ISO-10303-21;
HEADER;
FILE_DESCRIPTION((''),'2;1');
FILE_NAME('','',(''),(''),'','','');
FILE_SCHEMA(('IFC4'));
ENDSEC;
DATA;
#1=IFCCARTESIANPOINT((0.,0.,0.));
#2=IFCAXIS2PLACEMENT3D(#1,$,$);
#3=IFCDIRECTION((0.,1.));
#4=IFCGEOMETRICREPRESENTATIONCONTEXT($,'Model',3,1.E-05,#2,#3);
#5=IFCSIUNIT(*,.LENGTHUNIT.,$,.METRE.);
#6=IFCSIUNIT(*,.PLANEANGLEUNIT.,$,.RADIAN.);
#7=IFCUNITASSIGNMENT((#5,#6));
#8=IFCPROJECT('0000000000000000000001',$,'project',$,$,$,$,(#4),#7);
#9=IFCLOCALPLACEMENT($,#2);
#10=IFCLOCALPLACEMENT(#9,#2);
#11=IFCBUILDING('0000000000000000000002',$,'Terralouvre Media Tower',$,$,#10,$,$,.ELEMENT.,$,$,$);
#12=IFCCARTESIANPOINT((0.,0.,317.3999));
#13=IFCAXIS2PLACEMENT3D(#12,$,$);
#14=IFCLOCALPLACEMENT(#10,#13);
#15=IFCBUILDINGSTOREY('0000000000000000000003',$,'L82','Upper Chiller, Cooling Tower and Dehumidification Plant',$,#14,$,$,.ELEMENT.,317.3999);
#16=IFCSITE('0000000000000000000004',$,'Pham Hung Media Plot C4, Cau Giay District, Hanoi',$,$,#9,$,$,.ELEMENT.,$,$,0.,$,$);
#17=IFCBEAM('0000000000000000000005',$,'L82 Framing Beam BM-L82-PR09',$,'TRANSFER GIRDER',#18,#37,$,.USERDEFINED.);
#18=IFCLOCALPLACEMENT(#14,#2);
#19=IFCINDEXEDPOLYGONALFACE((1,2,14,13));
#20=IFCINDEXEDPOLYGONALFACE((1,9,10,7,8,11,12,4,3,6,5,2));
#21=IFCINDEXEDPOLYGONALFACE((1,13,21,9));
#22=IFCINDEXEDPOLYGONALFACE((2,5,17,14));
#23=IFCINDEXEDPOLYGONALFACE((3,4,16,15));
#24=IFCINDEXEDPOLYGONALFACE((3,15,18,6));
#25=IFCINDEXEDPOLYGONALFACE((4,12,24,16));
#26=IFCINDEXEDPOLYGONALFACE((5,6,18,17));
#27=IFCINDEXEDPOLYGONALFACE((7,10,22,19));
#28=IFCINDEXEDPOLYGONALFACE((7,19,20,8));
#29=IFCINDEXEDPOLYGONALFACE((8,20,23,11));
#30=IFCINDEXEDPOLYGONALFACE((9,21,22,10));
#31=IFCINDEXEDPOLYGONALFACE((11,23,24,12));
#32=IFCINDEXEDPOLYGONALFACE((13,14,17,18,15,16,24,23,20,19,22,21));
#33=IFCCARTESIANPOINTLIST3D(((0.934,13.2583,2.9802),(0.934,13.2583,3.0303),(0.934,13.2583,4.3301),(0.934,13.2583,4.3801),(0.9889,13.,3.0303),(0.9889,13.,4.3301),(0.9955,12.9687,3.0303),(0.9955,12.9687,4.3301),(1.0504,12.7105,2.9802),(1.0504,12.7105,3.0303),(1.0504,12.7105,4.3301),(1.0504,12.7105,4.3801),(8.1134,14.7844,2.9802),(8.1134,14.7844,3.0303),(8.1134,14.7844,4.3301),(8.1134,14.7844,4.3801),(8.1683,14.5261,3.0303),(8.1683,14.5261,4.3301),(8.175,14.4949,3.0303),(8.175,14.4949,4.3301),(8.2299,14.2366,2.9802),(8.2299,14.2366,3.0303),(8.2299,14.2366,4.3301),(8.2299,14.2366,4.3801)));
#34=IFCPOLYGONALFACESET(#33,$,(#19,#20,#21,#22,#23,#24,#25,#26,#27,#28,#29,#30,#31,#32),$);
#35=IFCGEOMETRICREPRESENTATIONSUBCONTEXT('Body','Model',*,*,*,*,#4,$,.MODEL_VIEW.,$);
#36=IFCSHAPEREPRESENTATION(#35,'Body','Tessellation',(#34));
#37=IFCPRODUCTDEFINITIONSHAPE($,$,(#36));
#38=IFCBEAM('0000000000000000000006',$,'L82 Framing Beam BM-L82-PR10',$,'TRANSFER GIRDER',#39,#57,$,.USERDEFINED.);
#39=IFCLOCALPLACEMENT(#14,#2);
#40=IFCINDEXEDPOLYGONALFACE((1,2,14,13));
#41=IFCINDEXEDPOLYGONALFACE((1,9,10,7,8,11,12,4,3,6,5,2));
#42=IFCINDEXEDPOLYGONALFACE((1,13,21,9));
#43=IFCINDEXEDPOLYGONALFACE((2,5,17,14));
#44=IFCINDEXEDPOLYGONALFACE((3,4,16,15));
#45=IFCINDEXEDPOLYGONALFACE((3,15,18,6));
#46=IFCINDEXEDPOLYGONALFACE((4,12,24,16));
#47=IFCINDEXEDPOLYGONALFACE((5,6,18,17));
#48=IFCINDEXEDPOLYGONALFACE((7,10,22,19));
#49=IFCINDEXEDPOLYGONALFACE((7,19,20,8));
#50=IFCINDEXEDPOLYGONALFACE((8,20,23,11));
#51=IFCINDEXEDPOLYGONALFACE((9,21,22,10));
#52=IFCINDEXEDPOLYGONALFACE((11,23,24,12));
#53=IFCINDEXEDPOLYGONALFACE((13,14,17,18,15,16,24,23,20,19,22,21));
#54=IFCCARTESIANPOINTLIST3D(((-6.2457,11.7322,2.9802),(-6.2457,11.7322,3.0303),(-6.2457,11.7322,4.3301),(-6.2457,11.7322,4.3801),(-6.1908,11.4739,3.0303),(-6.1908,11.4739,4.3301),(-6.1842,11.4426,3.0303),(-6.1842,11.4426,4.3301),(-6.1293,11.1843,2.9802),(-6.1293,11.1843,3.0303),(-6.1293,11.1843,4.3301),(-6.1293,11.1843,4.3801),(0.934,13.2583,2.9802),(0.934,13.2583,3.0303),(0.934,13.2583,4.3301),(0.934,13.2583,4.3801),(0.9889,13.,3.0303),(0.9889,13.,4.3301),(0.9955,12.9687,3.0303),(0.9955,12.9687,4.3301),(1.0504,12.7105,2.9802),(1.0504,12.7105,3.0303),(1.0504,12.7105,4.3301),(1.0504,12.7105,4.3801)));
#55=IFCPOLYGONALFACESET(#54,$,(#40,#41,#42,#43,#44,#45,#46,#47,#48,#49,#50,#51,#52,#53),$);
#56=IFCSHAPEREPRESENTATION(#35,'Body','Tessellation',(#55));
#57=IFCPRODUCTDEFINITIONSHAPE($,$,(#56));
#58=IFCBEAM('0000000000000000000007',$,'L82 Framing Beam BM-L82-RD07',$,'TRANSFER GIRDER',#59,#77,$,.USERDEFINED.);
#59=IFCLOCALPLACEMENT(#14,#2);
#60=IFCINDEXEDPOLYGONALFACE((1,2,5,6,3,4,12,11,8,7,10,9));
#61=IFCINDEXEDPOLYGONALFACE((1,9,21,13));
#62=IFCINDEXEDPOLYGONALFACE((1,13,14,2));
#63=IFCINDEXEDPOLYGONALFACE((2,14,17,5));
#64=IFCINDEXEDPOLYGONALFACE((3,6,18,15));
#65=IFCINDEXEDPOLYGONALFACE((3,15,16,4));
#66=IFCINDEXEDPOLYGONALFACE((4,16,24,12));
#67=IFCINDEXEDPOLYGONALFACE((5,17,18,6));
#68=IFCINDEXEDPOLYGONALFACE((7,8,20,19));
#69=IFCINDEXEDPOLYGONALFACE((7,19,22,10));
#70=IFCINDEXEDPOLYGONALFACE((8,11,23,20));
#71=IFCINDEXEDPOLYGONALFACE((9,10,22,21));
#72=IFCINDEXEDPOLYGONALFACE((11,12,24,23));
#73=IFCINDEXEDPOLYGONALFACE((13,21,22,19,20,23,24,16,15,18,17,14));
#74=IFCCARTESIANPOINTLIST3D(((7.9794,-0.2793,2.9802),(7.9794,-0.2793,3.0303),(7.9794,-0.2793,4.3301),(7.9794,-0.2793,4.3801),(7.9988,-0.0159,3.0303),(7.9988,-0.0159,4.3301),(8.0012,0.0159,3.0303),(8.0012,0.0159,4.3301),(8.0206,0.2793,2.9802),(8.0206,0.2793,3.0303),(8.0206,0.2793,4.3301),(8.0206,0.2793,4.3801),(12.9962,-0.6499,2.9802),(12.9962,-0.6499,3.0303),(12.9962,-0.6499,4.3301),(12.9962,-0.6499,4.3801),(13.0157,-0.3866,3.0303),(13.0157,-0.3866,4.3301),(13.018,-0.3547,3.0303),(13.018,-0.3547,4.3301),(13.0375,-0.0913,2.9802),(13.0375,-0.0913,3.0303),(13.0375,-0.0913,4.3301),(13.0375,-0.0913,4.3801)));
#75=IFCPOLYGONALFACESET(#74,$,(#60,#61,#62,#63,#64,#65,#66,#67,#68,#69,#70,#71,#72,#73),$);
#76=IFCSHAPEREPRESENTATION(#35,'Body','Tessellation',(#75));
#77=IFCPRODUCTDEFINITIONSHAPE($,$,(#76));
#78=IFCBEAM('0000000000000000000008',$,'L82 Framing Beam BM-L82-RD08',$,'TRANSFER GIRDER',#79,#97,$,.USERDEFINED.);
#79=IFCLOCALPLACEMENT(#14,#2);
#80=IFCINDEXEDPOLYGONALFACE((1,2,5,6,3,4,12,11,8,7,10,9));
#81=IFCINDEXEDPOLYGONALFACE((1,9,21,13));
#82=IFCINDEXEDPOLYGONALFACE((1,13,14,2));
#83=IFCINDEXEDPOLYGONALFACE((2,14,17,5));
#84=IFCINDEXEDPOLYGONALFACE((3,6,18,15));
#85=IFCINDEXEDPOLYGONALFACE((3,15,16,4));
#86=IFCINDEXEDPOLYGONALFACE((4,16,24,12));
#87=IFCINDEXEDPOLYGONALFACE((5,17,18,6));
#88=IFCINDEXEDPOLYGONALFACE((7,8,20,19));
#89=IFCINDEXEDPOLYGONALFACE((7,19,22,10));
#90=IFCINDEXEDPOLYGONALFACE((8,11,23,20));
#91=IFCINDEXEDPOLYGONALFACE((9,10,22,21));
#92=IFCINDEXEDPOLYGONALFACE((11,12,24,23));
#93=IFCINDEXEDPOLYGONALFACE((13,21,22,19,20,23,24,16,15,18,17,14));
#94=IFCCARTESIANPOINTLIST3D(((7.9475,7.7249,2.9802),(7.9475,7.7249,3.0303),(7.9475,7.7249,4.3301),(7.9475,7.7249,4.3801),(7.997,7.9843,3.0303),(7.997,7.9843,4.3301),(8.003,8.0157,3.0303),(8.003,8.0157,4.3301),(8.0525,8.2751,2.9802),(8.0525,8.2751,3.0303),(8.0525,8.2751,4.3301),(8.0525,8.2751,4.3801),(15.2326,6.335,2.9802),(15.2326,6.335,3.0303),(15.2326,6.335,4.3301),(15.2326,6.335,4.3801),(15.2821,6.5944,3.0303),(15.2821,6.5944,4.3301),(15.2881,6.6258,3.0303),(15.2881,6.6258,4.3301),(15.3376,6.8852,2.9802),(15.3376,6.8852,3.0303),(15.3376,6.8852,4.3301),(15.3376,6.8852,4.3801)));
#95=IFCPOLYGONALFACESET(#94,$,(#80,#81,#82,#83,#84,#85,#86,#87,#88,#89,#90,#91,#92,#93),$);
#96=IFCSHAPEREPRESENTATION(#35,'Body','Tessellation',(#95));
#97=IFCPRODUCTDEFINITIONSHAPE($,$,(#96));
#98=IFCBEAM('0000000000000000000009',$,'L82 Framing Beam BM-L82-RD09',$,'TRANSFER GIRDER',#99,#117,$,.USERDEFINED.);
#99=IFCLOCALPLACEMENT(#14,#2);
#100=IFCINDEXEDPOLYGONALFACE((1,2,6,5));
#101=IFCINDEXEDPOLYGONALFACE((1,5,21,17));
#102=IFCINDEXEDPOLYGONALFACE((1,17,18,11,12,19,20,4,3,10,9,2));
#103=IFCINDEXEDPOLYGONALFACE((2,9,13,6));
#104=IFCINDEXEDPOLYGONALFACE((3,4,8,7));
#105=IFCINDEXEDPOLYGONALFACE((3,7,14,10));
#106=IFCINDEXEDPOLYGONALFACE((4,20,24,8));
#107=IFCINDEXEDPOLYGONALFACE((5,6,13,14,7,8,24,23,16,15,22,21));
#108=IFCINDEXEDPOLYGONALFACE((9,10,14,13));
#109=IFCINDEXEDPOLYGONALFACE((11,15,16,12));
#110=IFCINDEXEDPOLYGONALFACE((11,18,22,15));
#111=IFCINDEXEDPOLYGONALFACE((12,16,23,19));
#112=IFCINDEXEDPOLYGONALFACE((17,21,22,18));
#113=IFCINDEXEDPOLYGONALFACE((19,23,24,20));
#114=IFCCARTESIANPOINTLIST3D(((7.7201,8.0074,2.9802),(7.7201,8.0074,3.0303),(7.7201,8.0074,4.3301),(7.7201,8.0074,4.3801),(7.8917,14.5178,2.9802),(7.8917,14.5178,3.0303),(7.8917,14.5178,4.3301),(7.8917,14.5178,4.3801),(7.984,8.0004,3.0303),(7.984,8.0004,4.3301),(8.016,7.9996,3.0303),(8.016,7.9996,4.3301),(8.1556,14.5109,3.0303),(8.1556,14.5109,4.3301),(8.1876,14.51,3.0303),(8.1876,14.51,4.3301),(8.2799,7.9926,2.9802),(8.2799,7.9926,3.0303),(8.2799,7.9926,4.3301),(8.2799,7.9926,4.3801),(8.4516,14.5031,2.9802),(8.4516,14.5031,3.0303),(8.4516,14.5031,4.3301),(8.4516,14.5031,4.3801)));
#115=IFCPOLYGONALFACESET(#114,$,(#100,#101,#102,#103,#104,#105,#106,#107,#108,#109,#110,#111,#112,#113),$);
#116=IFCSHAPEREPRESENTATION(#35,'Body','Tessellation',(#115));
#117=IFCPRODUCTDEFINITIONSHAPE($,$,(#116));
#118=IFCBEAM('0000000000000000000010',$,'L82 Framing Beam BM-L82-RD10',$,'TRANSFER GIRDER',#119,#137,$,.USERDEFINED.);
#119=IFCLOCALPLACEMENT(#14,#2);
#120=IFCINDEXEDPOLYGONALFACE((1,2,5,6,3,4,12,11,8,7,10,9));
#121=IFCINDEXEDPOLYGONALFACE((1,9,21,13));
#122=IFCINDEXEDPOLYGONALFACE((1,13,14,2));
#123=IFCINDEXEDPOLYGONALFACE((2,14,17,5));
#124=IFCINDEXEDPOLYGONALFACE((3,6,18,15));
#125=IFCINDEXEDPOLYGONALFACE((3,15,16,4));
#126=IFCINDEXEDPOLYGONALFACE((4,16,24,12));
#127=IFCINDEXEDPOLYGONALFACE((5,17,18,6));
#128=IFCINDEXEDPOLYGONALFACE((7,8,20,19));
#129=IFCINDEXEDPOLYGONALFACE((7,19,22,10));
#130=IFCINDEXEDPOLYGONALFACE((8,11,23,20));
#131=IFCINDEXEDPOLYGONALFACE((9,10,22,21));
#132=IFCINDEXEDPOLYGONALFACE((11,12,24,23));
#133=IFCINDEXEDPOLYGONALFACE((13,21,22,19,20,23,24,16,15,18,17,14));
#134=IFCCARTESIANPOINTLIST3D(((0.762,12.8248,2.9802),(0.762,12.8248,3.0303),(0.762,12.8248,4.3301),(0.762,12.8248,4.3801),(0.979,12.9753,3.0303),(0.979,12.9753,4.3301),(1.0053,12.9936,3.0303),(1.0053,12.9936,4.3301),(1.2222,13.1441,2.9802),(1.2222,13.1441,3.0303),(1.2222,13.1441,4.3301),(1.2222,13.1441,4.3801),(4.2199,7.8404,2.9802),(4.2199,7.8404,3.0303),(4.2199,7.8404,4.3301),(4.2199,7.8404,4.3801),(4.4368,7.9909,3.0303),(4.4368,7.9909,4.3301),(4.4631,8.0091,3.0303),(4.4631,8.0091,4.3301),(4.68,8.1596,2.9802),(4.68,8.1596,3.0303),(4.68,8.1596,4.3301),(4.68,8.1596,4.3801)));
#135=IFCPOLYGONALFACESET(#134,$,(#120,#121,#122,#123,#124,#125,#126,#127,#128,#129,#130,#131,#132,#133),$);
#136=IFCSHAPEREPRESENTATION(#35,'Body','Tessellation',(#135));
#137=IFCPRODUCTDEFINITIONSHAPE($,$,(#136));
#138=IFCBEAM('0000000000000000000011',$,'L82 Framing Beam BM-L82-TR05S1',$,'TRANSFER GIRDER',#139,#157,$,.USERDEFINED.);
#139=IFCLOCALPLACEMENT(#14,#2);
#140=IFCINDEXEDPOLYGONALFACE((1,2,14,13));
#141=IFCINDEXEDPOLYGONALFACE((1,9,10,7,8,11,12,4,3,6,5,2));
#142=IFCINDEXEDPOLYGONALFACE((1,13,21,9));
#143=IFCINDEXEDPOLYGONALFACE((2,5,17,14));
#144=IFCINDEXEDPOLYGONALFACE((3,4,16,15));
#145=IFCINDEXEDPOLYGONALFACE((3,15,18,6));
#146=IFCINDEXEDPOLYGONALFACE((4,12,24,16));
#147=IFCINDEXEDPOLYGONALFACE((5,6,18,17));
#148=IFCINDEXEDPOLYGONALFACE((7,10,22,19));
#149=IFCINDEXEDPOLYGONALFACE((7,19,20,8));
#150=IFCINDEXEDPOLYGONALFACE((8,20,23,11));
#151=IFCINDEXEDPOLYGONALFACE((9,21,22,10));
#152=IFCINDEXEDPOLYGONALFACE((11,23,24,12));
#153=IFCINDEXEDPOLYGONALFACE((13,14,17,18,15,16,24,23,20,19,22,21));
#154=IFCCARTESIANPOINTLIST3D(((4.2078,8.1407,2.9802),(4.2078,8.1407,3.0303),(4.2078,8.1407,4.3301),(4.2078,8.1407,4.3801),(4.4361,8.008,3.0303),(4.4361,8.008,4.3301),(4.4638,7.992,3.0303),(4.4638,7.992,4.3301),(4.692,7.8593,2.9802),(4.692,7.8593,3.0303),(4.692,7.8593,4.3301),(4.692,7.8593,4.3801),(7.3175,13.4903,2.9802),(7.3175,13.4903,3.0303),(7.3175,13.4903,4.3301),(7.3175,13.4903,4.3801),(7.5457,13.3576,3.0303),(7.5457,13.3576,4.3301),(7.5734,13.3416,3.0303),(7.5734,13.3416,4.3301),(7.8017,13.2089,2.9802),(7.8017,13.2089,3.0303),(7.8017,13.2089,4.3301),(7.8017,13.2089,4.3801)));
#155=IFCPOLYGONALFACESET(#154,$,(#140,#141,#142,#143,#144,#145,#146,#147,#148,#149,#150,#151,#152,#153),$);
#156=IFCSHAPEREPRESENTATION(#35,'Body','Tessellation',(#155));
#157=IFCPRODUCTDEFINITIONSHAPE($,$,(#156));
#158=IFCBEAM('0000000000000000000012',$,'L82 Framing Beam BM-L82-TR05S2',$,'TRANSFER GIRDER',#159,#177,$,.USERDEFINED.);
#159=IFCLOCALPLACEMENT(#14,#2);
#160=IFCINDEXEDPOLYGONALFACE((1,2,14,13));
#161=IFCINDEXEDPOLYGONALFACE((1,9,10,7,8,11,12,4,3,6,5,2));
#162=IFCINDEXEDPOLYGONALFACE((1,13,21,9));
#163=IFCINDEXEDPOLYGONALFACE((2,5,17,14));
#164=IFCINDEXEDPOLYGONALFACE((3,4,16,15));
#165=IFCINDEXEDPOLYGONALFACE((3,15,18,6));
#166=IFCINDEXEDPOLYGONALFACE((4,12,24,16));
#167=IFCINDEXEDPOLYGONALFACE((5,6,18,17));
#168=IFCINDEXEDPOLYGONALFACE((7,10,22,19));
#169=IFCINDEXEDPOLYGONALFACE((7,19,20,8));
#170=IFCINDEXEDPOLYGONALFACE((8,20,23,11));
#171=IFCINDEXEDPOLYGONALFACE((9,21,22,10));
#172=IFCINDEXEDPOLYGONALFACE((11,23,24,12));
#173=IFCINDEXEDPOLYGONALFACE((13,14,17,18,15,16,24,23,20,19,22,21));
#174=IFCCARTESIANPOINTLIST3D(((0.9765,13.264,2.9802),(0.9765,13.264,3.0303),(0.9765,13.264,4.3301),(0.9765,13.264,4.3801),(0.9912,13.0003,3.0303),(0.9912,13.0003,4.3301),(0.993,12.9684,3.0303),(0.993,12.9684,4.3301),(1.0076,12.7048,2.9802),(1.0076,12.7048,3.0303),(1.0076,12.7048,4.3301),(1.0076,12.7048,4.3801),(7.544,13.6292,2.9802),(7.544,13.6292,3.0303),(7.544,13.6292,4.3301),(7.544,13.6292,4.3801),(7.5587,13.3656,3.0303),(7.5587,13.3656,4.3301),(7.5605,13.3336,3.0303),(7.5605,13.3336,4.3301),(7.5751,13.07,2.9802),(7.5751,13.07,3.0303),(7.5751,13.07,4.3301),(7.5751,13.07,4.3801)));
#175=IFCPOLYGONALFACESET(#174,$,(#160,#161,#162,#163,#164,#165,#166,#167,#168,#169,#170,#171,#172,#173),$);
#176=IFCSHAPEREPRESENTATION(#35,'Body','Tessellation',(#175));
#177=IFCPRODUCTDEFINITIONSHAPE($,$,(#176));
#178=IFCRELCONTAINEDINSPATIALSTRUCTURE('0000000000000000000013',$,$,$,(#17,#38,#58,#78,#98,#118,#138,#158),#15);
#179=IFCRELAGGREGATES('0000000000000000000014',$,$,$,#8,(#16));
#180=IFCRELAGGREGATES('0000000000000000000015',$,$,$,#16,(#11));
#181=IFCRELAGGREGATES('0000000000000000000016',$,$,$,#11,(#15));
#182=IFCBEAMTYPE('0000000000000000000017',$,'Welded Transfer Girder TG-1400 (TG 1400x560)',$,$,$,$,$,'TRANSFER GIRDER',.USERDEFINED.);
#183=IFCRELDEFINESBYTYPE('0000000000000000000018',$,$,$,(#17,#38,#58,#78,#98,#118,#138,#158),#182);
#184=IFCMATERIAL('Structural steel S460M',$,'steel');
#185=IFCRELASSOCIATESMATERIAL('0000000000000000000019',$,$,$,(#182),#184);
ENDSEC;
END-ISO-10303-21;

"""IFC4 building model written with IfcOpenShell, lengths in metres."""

from ifc_helpers import new_model, si_unit, direction, frame, origin, origin_2d, place, context, subcontext, project, spatial, i_section, extrude, material, material_profile, profile_set, type_object, element, save


model = new_model("IFC4")

# Units and contexts
model_context = context("Model", 3, precision=1e-05, world=origin(), true_north=direction((0.0, 1.0)))
body_context = subcontext(model_context, "Body", "Model", "MODEL_VIEW")
ifc_project = project(units=[si_unit("LENGTHUNIT", "METRE"), si_unit("PLANEANGLEUNIT", "RADIAN")], contexts=[model_context])

# Site, building, storey
site_placement = place(None, origin())
site = spatial("IfcSite", under=ifc_project, at=site_placement, Name="Pham Hung Media Plot C4, Cau Giay District, Hanoi", CompositionType="ELEMENT", RefElevation=0.0)
building_placement = place(site_placement, origin())
building = spatial("IfcBuilding", under=site, at=building_placement, Name="Terralouvre Media Tower", CompositionType="ELEMENT")
storey_placement = place(building_placement, frame((0.0, 0.0, 317.3999)))
storey = spatial("IfcBuildingStorey", under=building, at=storey_placement, Name="L82", Description="Upper Chiller, Cooling Tower and Dehumidification Plant", CompositionType="ELEMENT", Elevation=317.3999)

# Beams
ifc_material_1 = material(Name="Structural steel S460M", Category="steel")
ifc_material_profile_1 = material_profile(ifc_material_1, i_section(OverallWidth=0.5601, OverallDepth=1.3999, WebThickness=0.032, FlangeThickness=0.05, at=origin_2d()), Name="TG 1400x560")
ifc_profile_set_1 = profile_set([ifc_material_profile_1], Name="Structural steel S460M")
beam_type_1 = type_object("IfcBeamType", Name="Welded Transfer Girder TG-1400 (TG 1400x560)", ElementType="TRANSFER GIRDER", PredefinedType="USERDEFINED", material=ifc_profile_set_1)
beam_1_placement = place(storey_placement, frame((8.1716, 14.5105, 3.6802), z_axis=(-0.978145, -0.207923, 0.0), x_axis=(0.207923, -0.978145, 0.0)))
element("IfcBeam", 1, at=beam_1_placement, inside=storey, type_object=beam_type_1, Name="L82 Framing Beam BM-L82-PR09", ObjectType="TRANSFER GIRDER", PredefinedType="USERDEFINED", context=body_context, shape_type="SweptSolid", body=[
    extrude(i_section(OverallWidth=0.5601, OverallDepth=1.3999, WebThickness=0.032, FlangeThickness=0.05, at=origin_2d()), origin(), (0.0, 0.0, 1.0), 7.3398),
])
beam_2_placement = place(storey_placement, frame((0.9922, 12.9844, 3.6802), z_axis=(-0.978147, -0.207916, 0.0), x_axis=(0.207916, -0.978147, 0.0)))
element("IfcBeam", 2, at=beam_2_placement, inside=storey, type_object=beam_type_1, Name="L82 Framing Beam BM-L82-PR10", ObjectType="TRANSFER GIRDER", PredefinedType="USERDEFINED", context=body_context, shape_type="SweptSolid", body=[
    extrude(i_section(OverallWidth=0.5601, OverallDepth=1.3999, WebThickness=0.032, FlangeThickness=0.05, at=origin_2d()), origin(), (0.0, 0.0, 1.0), 7.3401),
])
beam_3_placement = place(storey_placement, frame((8.0, 0.0, 3.6802), z_axis=(0.997283, -0.073671, 0.0), x_axis=(0.073671, 0.997283, 0.0)))
element("IfcBeam", 3, at=beam_3_placement, inside=storey, type_object=beam_type_1, Name="L82 Framing Beam BM-L82-RD07", ObjectType="TRANSFER GIRDER", PredefinedType="USERDEFINED", context=body_context, shape_type="SweptSolid", body=[
    extrude(i_section(OverallWidth=0.5601, OverallDepth=1.3999, WebThickness=0.032, FlangeThickness=0.05, at=origin_2d()), origin(), (0.0, 0.0, 1.0), 5.0305),
])
beam_4_placement = place(storey_placement, frame((8.0, 8.0, 3.6802), z_axis=(0.982283, -0.187404, 0.0), x_axis=(0.187404, 0.982283, 0.0)))
element("IfcBeam", 4, at=beam_4_placement, inside=storey, type_object=beam_type_1, Name="L82 Framing Beam BM-L82-RD08", ObjectType="TRANSFER GIRDER", PredefinedType="USERDEFINED", context=body_context, shape_type="SweptSolid", body=[
    extrude(i_section(OverallWidth=0.5601, OverallDepth=1.3999, WebThickness=0.032, FlangeThickness=0.05, at=origin_2d()), origin(), (0.0, 0.0, 1.0), 7.4165),
])
beam_5_placement = place(storey_placement, frame((8.0, 8.0, 3.6802), z_axis=(0.026353, 0.999653, 0.0), x_axis=(-0.999653, 0.026353, 0.0)))
element("IfcBeam", 5, at=beam_5_placement, inside=storey, type_object=beam_type_1, Name="L82 Framing Beam BM-L82-RD09", ObjectType="TRANSFER GIRDER", PredefinedType="USERDEFINED", context=body_context, shape_type="SweptSolid", body=[
    extrude(i_section(OverallWidth=0.5601, OverallDepth=1.3999, WebThickness=0.032, FlangeThickness=0.05, at=origin_2d()), origin(), (0.0, 0.0, 1.0), 6.5127),
])
beam_6_placement = place(storey_placement, frame((4.45, 8.0, 3.6802), z_axis=(-0.569995, 0.821649, 0.0), x_axis=(-0.821649, -0.569995, 0.0)))
element("IfcBeam", 6, at=beam_6_placement, inside=storey, type_object=beam_type_1, Name="L82 Framing Beam BM-L82-RD10", ObjectType="TRANSFER GIRDER", PredefinedType="USERDEFINED", context=body_context, shape_type="SweptSolid", body=[
    extrude(i_section(OverallWidth=0.5601, OverallDepth=1.3999, WebThickness=0.032, FlangeThickness=0.05, at=origin_2d()), origin(), (0.0, 0.0, 1.0), 6.0664),
])
beam_7_placement = place(storey_placement, frame((7.5596, 13.3496, 3.6802), z_axis=(-0.502546, -0.864551, 0.0), x_axis=(0.864551, -0.502546, 0.0)))
element("IfcBeam", 7, at=beam_7_placement, inside=storey, type_object=beam_type_1, Name="L82 Framing Beam BM-L82-TR05S1", ObjectType="TRANSFER GIRDER", PredefinedType="USERDEFINED", context=body_context, shape_type="SweptSolid", body=[
    extrude(i_section(OverallWidth=0.5601, OverallDepth=1.3999, WebThickness=0.032, FlangeThickness=0.05, at=origin_2d()), origin(), (0.0, 0.0, 1.0), 6.1877),
])
beam_8_placement = place(storey_placement, frame((7.5596, 13.3496, 3.6802), z_axis=(-0.998457, -0.055528, 0.0), x_axis=(0.055528, -0.998457, 0.0)))
element("IfcBeam", 8, at=beam_8_placement, inside=storey, type_object=beam_type_1, Name="L82 Framing Beam BM-L82-TR05S2", ObjectType="TRANSFER GIRDER", PredefinedType="USERDEFINED", context=body_context, shape_type="SweptSolid", body=[
    extrude(i_section(OverallWidth=0.5601, OverallDepth=1.3999, WebThickness=0.032, FlangeThickness=0.05, at=origin_2d()), origin(), (0.0, 0.0, 1.0), 6.5776),
])

save(model, "model.ifc")
